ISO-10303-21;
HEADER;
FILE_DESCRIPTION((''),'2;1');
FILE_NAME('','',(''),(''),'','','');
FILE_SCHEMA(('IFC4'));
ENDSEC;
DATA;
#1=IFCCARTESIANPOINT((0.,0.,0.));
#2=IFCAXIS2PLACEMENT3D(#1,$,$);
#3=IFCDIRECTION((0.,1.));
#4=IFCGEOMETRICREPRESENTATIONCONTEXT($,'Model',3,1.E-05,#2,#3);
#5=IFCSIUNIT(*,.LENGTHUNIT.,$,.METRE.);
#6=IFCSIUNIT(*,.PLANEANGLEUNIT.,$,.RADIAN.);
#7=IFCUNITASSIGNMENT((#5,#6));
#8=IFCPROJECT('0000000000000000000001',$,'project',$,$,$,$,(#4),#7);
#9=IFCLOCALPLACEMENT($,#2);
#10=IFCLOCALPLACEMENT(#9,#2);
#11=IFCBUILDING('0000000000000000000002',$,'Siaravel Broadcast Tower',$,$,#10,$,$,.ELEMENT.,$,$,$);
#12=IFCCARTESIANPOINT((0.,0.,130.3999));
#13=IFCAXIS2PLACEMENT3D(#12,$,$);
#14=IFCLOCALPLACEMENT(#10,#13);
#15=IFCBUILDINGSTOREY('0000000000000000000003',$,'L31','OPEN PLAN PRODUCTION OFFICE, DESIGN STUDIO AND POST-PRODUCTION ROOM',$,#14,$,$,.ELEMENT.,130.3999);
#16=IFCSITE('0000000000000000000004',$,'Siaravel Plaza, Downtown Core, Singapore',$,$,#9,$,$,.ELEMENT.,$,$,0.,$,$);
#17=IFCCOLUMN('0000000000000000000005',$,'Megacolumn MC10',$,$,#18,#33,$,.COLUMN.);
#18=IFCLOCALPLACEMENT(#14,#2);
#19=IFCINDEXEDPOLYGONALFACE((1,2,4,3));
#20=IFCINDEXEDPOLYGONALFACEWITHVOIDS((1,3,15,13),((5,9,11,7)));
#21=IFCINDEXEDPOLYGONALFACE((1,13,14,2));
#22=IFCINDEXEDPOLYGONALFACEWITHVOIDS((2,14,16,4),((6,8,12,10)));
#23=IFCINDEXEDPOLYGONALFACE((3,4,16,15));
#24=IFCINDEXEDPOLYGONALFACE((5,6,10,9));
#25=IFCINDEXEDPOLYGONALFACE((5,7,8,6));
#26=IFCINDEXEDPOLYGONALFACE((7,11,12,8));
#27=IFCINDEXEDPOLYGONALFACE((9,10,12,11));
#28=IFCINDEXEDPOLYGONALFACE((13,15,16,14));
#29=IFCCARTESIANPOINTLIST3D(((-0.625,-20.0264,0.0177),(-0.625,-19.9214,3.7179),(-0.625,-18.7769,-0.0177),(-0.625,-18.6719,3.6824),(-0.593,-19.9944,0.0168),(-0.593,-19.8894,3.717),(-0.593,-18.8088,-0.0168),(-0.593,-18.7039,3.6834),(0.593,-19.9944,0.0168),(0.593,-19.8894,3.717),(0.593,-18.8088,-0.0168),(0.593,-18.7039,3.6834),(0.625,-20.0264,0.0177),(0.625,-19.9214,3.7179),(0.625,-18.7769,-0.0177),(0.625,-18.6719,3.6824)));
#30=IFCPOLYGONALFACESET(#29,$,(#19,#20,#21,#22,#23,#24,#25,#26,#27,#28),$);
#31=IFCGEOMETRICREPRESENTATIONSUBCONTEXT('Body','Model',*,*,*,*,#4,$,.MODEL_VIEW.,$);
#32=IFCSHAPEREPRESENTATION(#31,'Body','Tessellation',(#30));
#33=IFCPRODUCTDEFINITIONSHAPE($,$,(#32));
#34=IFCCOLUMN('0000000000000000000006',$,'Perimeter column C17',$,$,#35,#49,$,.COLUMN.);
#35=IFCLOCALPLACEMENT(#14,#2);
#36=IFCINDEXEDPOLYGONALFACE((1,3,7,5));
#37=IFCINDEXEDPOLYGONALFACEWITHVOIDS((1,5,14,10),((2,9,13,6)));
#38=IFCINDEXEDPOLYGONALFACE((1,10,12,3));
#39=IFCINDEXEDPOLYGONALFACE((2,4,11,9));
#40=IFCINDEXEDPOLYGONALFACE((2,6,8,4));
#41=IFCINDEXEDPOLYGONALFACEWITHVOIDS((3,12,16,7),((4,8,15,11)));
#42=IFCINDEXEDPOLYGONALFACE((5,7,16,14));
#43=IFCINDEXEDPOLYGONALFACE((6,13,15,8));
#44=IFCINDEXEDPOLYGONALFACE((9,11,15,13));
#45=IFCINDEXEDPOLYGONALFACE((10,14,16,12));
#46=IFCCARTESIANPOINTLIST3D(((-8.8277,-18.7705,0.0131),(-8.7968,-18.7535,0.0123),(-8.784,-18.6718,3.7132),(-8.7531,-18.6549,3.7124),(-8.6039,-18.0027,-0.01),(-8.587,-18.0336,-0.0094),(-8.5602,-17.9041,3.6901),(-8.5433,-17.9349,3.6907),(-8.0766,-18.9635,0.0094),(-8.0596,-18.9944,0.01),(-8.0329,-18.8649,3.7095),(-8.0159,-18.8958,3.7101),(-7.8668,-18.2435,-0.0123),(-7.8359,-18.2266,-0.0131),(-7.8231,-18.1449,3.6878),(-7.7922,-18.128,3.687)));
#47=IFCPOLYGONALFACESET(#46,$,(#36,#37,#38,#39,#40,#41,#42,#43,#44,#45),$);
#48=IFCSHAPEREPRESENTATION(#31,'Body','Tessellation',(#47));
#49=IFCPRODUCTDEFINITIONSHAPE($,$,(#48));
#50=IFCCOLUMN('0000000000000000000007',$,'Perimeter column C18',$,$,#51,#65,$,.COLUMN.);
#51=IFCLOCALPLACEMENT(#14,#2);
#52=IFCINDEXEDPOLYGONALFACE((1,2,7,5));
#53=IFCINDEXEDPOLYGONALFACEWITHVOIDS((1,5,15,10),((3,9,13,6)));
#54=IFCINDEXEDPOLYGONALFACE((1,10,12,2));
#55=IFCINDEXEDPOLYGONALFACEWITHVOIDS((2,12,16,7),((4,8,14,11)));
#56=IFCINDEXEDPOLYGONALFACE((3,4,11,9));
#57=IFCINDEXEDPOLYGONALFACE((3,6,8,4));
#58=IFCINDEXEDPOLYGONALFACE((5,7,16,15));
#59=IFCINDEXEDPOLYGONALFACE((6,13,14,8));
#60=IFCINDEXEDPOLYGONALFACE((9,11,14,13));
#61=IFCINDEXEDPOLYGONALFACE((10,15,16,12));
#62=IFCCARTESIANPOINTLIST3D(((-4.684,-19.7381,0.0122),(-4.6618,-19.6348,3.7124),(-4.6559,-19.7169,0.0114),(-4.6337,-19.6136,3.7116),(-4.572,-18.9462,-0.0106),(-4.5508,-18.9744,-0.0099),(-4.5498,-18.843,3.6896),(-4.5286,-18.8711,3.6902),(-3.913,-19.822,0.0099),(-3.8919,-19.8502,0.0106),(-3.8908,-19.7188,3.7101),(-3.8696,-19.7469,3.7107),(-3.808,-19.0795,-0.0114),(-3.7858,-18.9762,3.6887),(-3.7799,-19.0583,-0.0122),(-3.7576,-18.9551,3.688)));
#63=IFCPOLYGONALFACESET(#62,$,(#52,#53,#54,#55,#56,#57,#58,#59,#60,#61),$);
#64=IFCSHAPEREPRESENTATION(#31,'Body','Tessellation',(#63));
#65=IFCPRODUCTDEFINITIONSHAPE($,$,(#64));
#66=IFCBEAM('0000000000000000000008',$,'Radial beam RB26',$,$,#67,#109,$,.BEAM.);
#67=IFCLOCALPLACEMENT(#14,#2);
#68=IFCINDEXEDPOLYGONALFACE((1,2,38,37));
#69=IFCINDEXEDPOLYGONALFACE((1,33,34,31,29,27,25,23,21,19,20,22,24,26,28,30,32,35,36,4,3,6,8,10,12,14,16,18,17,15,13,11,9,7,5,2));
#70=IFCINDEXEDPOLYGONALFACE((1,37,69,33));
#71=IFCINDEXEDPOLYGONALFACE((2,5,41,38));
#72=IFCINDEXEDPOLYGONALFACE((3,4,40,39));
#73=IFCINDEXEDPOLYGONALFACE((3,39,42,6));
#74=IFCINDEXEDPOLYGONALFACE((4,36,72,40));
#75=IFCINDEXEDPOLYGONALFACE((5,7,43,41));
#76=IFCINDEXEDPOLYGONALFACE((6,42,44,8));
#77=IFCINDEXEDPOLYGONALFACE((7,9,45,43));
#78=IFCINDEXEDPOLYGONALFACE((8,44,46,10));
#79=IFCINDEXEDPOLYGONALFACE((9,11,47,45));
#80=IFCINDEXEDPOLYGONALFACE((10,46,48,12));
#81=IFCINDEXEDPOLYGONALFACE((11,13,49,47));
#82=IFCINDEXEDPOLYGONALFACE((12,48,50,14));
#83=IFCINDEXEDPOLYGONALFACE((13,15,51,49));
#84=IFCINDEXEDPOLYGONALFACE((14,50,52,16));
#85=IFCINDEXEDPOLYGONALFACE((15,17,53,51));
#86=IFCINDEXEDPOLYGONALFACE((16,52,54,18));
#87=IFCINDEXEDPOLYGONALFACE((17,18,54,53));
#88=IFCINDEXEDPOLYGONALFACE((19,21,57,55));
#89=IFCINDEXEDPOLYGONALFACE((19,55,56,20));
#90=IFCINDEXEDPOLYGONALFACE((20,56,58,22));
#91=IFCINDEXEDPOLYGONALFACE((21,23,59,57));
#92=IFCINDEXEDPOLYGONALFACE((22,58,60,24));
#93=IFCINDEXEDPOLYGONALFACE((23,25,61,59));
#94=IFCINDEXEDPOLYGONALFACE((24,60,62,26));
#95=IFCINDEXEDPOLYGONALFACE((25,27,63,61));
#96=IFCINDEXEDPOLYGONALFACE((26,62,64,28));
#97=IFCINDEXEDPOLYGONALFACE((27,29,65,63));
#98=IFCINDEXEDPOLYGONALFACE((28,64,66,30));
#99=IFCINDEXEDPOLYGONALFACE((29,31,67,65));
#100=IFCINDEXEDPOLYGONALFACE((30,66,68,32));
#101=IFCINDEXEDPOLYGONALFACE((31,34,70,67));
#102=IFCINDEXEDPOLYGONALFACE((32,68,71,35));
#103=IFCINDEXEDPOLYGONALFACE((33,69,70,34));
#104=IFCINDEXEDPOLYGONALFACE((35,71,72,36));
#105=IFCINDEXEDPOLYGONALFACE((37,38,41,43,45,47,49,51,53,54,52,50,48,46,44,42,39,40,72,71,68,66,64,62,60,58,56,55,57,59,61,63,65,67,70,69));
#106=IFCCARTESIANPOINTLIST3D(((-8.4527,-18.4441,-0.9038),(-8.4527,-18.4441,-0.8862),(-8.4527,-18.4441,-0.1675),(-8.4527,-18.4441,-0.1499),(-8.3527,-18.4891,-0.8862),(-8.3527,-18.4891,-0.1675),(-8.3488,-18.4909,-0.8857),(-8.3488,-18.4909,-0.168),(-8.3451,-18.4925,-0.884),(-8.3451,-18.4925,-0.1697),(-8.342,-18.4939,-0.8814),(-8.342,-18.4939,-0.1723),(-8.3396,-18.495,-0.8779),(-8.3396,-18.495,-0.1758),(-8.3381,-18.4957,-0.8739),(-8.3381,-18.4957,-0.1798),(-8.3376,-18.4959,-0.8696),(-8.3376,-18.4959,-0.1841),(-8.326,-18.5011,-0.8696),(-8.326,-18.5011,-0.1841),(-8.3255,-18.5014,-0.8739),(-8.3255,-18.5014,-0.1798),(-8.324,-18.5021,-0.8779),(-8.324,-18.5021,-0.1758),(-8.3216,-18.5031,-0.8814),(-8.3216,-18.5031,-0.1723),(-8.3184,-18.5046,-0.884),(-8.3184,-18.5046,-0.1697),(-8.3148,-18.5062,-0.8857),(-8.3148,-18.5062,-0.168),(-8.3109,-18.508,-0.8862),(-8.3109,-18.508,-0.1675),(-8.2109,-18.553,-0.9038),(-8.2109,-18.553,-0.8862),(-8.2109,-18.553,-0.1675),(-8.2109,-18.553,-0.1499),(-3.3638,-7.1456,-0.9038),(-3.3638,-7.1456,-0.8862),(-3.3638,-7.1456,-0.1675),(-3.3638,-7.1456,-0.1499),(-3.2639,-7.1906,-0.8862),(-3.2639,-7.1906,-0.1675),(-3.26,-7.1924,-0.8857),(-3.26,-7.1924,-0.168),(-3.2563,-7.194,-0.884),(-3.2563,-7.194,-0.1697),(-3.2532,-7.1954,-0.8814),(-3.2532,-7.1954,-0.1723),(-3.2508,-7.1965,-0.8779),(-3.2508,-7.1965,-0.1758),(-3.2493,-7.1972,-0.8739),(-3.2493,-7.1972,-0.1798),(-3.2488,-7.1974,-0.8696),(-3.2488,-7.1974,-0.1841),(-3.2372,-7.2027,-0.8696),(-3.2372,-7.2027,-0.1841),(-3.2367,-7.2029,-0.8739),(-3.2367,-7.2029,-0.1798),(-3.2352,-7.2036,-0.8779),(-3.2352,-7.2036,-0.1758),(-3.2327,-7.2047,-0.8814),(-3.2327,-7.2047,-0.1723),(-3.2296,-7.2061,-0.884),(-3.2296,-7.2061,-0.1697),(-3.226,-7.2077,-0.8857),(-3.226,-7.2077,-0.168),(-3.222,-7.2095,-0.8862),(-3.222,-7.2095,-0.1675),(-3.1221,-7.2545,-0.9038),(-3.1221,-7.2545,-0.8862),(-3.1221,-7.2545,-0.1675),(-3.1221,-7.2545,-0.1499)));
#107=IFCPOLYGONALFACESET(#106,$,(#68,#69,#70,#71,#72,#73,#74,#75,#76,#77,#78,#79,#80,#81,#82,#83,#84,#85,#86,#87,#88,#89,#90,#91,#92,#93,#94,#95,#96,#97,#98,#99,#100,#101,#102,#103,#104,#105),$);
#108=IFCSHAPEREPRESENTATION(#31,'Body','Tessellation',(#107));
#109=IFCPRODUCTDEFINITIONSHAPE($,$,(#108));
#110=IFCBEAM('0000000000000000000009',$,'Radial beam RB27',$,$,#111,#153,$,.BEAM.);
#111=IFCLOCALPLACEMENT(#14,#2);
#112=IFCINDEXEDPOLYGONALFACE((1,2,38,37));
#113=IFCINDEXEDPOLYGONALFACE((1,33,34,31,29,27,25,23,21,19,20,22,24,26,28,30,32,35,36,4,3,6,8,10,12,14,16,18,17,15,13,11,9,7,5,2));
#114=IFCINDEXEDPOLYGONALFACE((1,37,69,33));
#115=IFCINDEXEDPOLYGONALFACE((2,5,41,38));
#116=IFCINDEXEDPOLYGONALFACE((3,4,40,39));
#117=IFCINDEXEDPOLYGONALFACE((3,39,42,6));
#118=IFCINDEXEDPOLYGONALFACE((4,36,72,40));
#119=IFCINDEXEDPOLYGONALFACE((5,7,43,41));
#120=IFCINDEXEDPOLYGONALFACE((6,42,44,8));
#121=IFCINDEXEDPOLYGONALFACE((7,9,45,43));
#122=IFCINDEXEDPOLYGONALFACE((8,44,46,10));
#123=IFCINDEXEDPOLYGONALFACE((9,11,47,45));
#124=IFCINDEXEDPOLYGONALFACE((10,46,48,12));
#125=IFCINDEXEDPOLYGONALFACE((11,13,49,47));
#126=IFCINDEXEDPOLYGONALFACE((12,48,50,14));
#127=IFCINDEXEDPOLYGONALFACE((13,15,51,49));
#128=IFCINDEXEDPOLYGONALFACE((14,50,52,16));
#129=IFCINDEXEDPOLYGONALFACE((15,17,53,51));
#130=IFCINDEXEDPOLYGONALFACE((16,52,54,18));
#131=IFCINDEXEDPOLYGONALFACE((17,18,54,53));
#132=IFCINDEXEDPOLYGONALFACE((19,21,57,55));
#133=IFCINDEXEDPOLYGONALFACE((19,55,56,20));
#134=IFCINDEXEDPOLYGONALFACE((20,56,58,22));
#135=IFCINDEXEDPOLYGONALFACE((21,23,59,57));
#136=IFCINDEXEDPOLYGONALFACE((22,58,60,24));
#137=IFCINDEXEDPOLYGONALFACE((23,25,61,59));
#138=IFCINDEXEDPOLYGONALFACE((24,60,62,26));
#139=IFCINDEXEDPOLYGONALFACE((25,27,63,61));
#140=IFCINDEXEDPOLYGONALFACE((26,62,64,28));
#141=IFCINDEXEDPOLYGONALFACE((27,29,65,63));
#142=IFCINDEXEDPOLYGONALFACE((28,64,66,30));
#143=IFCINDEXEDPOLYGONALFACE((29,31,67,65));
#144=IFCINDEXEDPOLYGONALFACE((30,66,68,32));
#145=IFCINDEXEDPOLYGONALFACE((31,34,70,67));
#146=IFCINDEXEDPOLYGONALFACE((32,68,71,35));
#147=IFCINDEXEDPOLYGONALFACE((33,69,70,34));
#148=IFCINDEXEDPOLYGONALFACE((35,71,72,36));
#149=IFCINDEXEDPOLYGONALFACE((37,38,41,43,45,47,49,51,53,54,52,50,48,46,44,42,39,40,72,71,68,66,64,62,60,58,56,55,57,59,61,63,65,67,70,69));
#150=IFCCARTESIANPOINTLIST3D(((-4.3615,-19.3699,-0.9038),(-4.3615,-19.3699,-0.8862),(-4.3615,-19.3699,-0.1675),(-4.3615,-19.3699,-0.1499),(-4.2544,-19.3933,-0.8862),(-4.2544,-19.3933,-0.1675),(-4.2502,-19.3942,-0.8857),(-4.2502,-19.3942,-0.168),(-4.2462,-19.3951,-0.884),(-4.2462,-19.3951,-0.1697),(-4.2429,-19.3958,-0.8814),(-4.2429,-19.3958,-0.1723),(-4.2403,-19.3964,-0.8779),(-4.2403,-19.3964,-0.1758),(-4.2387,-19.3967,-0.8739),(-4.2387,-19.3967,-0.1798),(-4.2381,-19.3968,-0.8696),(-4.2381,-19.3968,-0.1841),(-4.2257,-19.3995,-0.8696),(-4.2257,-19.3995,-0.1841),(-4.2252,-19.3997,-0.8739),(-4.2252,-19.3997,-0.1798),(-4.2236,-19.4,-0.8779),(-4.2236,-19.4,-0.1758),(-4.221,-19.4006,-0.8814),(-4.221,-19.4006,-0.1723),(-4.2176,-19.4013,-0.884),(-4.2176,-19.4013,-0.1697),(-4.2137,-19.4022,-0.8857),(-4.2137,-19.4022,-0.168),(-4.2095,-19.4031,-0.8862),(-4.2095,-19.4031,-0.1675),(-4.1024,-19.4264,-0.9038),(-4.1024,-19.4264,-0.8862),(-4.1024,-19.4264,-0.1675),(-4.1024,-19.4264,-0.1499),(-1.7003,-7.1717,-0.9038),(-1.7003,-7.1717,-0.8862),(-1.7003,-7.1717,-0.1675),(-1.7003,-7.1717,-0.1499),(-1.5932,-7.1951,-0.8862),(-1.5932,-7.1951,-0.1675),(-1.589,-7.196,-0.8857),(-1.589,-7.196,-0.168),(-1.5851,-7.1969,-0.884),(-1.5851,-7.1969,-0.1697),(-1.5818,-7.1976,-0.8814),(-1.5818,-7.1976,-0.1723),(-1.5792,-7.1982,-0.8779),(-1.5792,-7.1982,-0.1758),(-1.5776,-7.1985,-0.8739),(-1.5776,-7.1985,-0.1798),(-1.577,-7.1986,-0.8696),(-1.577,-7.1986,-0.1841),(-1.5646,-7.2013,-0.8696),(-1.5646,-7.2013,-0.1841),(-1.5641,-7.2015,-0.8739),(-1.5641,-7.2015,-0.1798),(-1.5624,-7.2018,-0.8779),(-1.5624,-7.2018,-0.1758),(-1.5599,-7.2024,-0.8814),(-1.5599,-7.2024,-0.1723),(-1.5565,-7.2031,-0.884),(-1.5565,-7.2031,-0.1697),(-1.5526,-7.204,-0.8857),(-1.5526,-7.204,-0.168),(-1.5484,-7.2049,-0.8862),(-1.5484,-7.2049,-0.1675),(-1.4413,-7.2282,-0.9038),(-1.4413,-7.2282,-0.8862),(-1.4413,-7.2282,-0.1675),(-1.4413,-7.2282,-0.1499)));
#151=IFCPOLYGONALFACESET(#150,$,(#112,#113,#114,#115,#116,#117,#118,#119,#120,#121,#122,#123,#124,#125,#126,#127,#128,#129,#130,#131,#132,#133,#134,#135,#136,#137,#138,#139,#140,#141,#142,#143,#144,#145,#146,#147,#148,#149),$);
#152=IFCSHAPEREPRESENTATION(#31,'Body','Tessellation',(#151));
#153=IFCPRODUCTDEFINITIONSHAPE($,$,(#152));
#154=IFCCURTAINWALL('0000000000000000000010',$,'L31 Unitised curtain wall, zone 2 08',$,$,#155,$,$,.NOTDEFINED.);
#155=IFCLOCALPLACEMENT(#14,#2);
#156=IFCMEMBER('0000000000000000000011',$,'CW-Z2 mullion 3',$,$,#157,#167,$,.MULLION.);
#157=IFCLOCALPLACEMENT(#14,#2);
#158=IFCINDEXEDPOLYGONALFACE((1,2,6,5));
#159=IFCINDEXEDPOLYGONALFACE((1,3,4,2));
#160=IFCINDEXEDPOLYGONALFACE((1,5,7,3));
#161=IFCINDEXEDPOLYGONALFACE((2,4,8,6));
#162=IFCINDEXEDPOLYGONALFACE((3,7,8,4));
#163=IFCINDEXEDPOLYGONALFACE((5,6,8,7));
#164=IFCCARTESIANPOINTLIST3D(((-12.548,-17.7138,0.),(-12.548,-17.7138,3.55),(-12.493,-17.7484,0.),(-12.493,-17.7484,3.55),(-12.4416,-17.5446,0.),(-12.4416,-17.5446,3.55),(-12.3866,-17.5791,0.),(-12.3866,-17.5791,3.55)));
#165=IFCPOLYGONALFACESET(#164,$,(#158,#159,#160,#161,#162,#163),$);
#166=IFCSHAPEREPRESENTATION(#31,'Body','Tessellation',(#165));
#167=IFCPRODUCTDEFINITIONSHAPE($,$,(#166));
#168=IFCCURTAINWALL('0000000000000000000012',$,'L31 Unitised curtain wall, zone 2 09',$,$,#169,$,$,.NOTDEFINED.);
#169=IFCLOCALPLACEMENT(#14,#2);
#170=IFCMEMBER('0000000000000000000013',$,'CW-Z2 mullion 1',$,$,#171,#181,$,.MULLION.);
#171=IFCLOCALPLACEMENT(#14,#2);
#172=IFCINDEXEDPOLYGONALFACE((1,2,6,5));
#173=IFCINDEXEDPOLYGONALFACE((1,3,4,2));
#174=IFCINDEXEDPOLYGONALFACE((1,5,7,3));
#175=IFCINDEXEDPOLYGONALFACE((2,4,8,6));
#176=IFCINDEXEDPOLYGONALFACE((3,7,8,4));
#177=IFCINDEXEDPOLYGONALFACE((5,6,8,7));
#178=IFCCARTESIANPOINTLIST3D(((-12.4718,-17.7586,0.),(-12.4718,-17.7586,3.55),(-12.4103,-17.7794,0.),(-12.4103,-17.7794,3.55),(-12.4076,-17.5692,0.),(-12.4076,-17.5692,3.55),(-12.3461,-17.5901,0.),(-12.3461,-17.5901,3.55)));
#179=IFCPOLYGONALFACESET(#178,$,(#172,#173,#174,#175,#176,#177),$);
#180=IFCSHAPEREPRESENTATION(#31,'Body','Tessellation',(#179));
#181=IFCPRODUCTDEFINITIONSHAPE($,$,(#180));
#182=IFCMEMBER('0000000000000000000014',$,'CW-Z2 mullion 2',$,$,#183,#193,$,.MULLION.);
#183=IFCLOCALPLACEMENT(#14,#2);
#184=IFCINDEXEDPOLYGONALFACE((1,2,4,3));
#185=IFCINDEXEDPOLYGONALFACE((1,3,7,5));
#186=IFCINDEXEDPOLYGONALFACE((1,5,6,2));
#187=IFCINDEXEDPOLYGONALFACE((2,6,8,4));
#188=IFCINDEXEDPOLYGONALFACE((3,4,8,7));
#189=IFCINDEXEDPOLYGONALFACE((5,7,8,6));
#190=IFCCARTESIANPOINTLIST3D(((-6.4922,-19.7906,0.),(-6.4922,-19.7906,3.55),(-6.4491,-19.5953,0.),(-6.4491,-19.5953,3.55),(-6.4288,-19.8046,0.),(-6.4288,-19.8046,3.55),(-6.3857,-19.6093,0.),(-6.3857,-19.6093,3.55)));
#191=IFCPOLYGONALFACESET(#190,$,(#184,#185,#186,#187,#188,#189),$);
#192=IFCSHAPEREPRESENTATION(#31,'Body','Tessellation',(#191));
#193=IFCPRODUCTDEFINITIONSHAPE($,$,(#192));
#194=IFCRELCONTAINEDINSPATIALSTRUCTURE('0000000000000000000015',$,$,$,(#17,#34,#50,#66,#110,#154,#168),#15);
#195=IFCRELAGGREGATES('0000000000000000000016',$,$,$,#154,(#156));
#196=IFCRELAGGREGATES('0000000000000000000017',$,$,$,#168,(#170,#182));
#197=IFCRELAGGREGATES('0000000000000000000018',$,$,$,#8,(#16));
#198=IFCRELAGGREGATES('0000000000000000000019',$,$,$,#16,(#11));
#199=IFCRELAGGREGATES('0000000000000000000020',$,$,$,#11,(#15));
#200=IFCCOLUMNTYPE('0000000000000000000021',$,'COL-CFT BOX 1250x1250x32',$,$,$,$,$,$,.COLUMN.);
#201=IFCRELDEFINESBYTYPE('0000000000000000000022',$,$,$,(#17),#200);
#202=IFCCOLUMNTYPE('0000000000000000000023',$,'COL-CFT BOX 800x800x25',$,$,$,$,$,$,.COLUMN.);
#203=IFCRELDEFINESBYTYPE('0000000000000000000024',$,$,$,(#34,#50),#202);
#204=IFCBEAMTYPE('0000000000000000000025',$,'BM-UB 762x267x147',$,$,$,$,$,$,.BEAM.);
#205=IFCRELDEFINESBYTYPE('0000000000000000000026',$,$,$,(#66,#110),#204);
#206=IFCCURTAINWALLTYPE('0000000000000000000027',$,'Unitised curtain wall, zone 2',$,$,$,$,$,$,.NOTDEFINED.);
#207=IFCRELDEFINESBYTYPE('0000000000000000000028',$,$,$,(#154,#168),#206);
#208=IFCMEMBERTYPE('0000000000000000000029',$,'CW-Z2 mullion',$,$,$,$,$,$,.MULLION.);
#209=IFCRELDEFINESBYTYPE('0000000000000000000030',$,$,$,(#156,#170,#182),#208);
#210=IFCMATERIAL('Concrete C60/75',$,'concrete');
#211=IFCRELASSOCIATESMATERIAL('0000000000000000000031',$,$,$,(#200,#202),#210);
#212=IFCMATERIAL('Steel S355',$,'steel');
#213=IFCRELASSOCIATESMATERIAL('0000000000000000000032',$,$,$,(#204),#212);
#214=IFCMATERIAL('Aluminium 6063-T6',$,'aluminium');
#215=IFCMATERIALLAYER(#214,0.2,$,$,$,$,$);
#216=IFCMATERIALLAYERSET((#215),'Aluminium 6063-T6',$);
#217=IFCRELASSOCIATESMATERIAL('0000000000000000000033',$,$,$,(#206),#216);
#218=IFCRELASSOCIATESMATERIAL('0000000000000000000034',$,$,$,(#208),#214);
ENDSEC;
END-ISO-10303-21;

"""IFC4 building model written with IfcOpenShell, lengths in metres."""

from ifc_helpers import new_model, si_unit, direction, frame, origin, origin_2d, place, context, subcontext, project, spatial, rectangle, hollow_rectangle, i_section, extrude, material, layer, layer_set, material_profile, profile_set, type_object, element, aggregate, save


model = new_model("IFC4")

# Units and contexts
model_context = context("Model", 3, precision=1e-05, world=origin(), true_north=direction((0.0, 1.0)))
body_context = subcontext(model_context, "Body", "Model", "MODEL_VIEW")
ifc_project = project(units=[si_unit("LENGTHUNIT", "METRE"), si_unit("PLANEANGLEUNIT", "RADIAN")], contexts=[model_context])

# Site, building, storey
site_placement = place(None, origin())
site = spatial("IfcSite", under=ifc_project, at=site_placement, Name="Siaravel Plaza, Downtown Core, Singapore", CompositionType="ELEMENT", RefElevation=0.0)
building_placement = place(site_placement, origin())
building = spatial("IfcBuilding", under=site, at=building_placement, Name="Siaravel Broadcast Tower", CompositionType="ELEMENT")
storey_placement = place(building_placement, frame((0.0, 0.0, 130.3999)))
storey = spatial("IfcBuildingStorey", under=building, at=storey_placement, Name="L31", Description="OPEN PLAN PRODUCTION OFFICE, DESIGN STUDIO AND POST-PRODUCTION ROOM", CompositionType="ELEMENT", Elevation=130.3999)

# Columns
ifc_material_1 = material(Name="Concrete C60/75", Category="concrete")
ifc_material_profile_1 = material_profile(ifc_material_1, hollow_rectangle(XDim=1.25, YDim=1.25, WallThickness=0.032, at=origin_2d()))
ifc_profile_set_1 = profile_set([ifc_material_profile_1], Name="Concrete C60/75")
column_type_1 = type_object("IfcColumnType", Name="COL-CFT BOX 1250x1250x32", PredefinedType="COLUMN", material=ifc_profile_set_1)
column_placement = place(storey_placement, frame((0.0, -19.4016, 0.0), z_axis=(0.0, 0.02836, 0.999598), x_axis=(-1.0, 0.0, 0.0)))
element("IfcColumn", 1, at=column_placement, inside=storey, type_object=column_type_1, Name="Megacolumn MC10", PredefinedType="COLUMN", context=body_context, shape_type="SweptSolid", body=[
    extrude(hollow_rectangle(XDim=1.25, YDim=1.25, WallThickness=0.032, at=origin_2d()), origin(), (0.0, 0.0, 1.0), 3.7017),
])
ifc_material_profile_2 = material_profile(ifc_material_1, hollow_rectangle(XDim=0.8, YDim=0.8, WallThickness=0.0249, at=origin_2d()))
ifc_profile_set_2 = profile_set([ifc_material_profile_2], Name="Concrete C60/75")
column_type_2 = type_object("IfcColumnType", Name="COL-CFT BOX 800x800x25", PredefinedType="COLUMN", material=ifc_profile_set_2)
for number, where, z_axis, x_axis, name in (
    (2, (-8.3318, -18.4985, 0.0), (0.011805, 0.026645, 0.999575), (-0.960024, 0.279892, 0.003878), "Perimeter column C17"),
    (3, (-4.2319, -19.3982, 0.0), (0.006002, 0.027898, 0.999593), (-0.990133, 0.140117, 0.002034), "Perimeter column C18"),
):
    element("IfcColumn", number, at=place(storey_placement, frame(where, z_axis=z_axis, x_axis=x_axis)), inside=storey, type_object=column_type_2, Name=name, PredefinedType="COLUMN", context=body_context, shape_type="SweptSolid", body=[
        extrude(hollow_rectangle(XDim=0.8, YDim=0.8, WallThickness=0.0249, at=origin_2d()), origin(), (0.0, 0.0, 1.0), 3.7017),
    ])

# Beams
ifc_material_2 = material(Name="Steel S355", Category="steel")
ifc_material_profile_3 = material_profile(ifc_material_2, i_section(OverallWidth=0.2651, OverallDepth=0.7539, WebThickness=0.0127, FlangeThickness=0.0176, FilletRadius=0.0166, at=origin_2d()))
ifc_profile_set_3 = profile_set([ifc_material_profile_3], Name="Steel S355")
beam_type = type_object("IfcBeamType", Name="BM-UB 762x267x147", PredefinedType="BEAM", material=ifc_profile_set_3)
beam_1_placement = place(storey_placement, frame((-8.3318, -18.4985, -0.5269), z_axis=(0.410667, 0.911785, 0.0), x_axis=(-0.911785, 0.410667, 0.0)))
element("IfcBeam", 4, at=beam_1_placement, inside=storey, type_object=beam_type, Name="Radial beam RB26", PredefinedType="BEAM", context=body_context, shape_type="SweptSolid", body=[
    extrude(i_section(OverallWidth=0.2651, OverallDepth=0.7539, WebThickness=0.0127, FlangeThickness=0.0176, FilletRadius=0.0166, at=origin_2d()), origin(), (0.0, 0.0, 1.0), 12.3916),
])
beam_2_placement = place(storey_placement, frame((-4.2319, -19.3982, -0.5269), z_axis=(0.213144, 0.977021, 0.0), x_axis=(-0.977021, 0.213144, 0.0)))
element("IfcBeam", 5, at=beam_2_placement, inside=storey, type_object=beam_type, Name="Radial beam RB27", PredefinedType="BEAM", context=body_context, shape_type="SweptSolid", body=[
    extrude(i_section(OverallWidth=0.2651, OverallDepth=0.7539, WebThickness=0.0127, FlangeThickness=0.0176, FilletRadius=0.0166, at=origin_2d()), origin(), (0.0, 0.0, 1.0), 12.4851),
])

# Curtain wall, member
ifc_material_3 = material(Name="Aluminium 6063-T6", Category="aluminium")
ifc_layer_1 = layer(ifc_material_3, 0.2)
ifc_layer_set_1 = layer_set([ifc_layer_1], Name="Aluminium 6063-T6")
curtain_wall_type = type_object("IfcCurtainWallType", Name="Unitised curtain wall, zone 2", PredefinedType="NOTDEFINED", material=ifc_layer_set_1)
curtain_wall_1_placement = place(storey_placement, origin())
curtain_wall_1 = element("IfcCurtainWall", 6, at=curtain_wall_1_placement, inside=storey, type_object=curtain_wall_type, Name="L31 Unitised curtain wall, zone 2 08", PredefinedType="NOTDEFINED")
ifc_material_profile_4 = material_profile(ifc_material_3, rectangle(XDim=0.2, YDim=0.0649, at=origin_2d()))
ifc_profile_set_4 = profile_set([ifc_material_profile_4], Name="Aluminium 6063-T6")
member_type_1 = type_object("IfcMemberType", Name="CW-Z2 mullion", PredefinedType="MULLION", material=ifc_profile_set_4)
member_1_placement = place(storey_placement, frame((-12.4673, -17.6465, 0.0), z_axis=(0.0, 0.0, 1.0), x_axis=(0.532151, 0.846649, 0.0)))
member_1 = element("IfcMember", 7, at=member_1_placement, type_object=member_type_1, Name="CW-Z2 mullion 3", PredefinedType="MULLION", context=body_context, shape_type="SweptSolid", body=[
    extrude(rectangle(XDim=0.2, YDim=0.0649, at=origin_2d()), origin(), (0.0, 0.0, 1.0), 3.55),
])
aggregate(curtain_wall_1, [member_1])

# Curtain wall, members
curtain_wall_2_placement = place(storey_placement, origin())
curtain_wall_2 = element("IfcCurtainWall", 8, at=curtain_wall_2_placement, inside=storey, type_object=curtain_wall_type, Name="L31 Unitised curtain wall, zone 2 09", PredefinedType="NOTDEFINED")
member_2_placement = place(storey_placement, frame((-12.4089, -17.6743, 0.0), z_axis=(0.0, 0.0, 1.0), x_axis=(0.321302, 0.946977, 0.0)))
member_2 = element("IfcMember", 9, at=member_2_placement, type_object=member_type_1, Name="CW-Z2 mullion 1", PredefinedType="MULLION", context=body_context, shape_type="SweptSolid", body=[
    extrude(rectangle(XDim=0.2, YDim=0.0649, at=origin_2d()), origin(), (0.0, 0.0, 1.0), 3.55),
])
member_3_placement = place(storey_placement, frame((-6.439, -19.7, 0.0), z_axis=(0.0, 0.0, 1.0), x_axis=(0.215559, 0.976491, 0.0)))
member_3 = element("IfcMember", 10, at=member_3_placement, type_object=member_type_1, Name="CW-Z2 mullion 2", PredefinedType="MULLION", context=body_context, shape_type="SweptSolid", body=[
    extrude(rectangle(XDim=0.2, YDim=0.0649, at=origin_2d()), origin(), (0.0, 0.0, 1.0), 3.55),
])

aggregate(curtain_wall_2, [member_2, member_3])

save(model, "model.ifc")
